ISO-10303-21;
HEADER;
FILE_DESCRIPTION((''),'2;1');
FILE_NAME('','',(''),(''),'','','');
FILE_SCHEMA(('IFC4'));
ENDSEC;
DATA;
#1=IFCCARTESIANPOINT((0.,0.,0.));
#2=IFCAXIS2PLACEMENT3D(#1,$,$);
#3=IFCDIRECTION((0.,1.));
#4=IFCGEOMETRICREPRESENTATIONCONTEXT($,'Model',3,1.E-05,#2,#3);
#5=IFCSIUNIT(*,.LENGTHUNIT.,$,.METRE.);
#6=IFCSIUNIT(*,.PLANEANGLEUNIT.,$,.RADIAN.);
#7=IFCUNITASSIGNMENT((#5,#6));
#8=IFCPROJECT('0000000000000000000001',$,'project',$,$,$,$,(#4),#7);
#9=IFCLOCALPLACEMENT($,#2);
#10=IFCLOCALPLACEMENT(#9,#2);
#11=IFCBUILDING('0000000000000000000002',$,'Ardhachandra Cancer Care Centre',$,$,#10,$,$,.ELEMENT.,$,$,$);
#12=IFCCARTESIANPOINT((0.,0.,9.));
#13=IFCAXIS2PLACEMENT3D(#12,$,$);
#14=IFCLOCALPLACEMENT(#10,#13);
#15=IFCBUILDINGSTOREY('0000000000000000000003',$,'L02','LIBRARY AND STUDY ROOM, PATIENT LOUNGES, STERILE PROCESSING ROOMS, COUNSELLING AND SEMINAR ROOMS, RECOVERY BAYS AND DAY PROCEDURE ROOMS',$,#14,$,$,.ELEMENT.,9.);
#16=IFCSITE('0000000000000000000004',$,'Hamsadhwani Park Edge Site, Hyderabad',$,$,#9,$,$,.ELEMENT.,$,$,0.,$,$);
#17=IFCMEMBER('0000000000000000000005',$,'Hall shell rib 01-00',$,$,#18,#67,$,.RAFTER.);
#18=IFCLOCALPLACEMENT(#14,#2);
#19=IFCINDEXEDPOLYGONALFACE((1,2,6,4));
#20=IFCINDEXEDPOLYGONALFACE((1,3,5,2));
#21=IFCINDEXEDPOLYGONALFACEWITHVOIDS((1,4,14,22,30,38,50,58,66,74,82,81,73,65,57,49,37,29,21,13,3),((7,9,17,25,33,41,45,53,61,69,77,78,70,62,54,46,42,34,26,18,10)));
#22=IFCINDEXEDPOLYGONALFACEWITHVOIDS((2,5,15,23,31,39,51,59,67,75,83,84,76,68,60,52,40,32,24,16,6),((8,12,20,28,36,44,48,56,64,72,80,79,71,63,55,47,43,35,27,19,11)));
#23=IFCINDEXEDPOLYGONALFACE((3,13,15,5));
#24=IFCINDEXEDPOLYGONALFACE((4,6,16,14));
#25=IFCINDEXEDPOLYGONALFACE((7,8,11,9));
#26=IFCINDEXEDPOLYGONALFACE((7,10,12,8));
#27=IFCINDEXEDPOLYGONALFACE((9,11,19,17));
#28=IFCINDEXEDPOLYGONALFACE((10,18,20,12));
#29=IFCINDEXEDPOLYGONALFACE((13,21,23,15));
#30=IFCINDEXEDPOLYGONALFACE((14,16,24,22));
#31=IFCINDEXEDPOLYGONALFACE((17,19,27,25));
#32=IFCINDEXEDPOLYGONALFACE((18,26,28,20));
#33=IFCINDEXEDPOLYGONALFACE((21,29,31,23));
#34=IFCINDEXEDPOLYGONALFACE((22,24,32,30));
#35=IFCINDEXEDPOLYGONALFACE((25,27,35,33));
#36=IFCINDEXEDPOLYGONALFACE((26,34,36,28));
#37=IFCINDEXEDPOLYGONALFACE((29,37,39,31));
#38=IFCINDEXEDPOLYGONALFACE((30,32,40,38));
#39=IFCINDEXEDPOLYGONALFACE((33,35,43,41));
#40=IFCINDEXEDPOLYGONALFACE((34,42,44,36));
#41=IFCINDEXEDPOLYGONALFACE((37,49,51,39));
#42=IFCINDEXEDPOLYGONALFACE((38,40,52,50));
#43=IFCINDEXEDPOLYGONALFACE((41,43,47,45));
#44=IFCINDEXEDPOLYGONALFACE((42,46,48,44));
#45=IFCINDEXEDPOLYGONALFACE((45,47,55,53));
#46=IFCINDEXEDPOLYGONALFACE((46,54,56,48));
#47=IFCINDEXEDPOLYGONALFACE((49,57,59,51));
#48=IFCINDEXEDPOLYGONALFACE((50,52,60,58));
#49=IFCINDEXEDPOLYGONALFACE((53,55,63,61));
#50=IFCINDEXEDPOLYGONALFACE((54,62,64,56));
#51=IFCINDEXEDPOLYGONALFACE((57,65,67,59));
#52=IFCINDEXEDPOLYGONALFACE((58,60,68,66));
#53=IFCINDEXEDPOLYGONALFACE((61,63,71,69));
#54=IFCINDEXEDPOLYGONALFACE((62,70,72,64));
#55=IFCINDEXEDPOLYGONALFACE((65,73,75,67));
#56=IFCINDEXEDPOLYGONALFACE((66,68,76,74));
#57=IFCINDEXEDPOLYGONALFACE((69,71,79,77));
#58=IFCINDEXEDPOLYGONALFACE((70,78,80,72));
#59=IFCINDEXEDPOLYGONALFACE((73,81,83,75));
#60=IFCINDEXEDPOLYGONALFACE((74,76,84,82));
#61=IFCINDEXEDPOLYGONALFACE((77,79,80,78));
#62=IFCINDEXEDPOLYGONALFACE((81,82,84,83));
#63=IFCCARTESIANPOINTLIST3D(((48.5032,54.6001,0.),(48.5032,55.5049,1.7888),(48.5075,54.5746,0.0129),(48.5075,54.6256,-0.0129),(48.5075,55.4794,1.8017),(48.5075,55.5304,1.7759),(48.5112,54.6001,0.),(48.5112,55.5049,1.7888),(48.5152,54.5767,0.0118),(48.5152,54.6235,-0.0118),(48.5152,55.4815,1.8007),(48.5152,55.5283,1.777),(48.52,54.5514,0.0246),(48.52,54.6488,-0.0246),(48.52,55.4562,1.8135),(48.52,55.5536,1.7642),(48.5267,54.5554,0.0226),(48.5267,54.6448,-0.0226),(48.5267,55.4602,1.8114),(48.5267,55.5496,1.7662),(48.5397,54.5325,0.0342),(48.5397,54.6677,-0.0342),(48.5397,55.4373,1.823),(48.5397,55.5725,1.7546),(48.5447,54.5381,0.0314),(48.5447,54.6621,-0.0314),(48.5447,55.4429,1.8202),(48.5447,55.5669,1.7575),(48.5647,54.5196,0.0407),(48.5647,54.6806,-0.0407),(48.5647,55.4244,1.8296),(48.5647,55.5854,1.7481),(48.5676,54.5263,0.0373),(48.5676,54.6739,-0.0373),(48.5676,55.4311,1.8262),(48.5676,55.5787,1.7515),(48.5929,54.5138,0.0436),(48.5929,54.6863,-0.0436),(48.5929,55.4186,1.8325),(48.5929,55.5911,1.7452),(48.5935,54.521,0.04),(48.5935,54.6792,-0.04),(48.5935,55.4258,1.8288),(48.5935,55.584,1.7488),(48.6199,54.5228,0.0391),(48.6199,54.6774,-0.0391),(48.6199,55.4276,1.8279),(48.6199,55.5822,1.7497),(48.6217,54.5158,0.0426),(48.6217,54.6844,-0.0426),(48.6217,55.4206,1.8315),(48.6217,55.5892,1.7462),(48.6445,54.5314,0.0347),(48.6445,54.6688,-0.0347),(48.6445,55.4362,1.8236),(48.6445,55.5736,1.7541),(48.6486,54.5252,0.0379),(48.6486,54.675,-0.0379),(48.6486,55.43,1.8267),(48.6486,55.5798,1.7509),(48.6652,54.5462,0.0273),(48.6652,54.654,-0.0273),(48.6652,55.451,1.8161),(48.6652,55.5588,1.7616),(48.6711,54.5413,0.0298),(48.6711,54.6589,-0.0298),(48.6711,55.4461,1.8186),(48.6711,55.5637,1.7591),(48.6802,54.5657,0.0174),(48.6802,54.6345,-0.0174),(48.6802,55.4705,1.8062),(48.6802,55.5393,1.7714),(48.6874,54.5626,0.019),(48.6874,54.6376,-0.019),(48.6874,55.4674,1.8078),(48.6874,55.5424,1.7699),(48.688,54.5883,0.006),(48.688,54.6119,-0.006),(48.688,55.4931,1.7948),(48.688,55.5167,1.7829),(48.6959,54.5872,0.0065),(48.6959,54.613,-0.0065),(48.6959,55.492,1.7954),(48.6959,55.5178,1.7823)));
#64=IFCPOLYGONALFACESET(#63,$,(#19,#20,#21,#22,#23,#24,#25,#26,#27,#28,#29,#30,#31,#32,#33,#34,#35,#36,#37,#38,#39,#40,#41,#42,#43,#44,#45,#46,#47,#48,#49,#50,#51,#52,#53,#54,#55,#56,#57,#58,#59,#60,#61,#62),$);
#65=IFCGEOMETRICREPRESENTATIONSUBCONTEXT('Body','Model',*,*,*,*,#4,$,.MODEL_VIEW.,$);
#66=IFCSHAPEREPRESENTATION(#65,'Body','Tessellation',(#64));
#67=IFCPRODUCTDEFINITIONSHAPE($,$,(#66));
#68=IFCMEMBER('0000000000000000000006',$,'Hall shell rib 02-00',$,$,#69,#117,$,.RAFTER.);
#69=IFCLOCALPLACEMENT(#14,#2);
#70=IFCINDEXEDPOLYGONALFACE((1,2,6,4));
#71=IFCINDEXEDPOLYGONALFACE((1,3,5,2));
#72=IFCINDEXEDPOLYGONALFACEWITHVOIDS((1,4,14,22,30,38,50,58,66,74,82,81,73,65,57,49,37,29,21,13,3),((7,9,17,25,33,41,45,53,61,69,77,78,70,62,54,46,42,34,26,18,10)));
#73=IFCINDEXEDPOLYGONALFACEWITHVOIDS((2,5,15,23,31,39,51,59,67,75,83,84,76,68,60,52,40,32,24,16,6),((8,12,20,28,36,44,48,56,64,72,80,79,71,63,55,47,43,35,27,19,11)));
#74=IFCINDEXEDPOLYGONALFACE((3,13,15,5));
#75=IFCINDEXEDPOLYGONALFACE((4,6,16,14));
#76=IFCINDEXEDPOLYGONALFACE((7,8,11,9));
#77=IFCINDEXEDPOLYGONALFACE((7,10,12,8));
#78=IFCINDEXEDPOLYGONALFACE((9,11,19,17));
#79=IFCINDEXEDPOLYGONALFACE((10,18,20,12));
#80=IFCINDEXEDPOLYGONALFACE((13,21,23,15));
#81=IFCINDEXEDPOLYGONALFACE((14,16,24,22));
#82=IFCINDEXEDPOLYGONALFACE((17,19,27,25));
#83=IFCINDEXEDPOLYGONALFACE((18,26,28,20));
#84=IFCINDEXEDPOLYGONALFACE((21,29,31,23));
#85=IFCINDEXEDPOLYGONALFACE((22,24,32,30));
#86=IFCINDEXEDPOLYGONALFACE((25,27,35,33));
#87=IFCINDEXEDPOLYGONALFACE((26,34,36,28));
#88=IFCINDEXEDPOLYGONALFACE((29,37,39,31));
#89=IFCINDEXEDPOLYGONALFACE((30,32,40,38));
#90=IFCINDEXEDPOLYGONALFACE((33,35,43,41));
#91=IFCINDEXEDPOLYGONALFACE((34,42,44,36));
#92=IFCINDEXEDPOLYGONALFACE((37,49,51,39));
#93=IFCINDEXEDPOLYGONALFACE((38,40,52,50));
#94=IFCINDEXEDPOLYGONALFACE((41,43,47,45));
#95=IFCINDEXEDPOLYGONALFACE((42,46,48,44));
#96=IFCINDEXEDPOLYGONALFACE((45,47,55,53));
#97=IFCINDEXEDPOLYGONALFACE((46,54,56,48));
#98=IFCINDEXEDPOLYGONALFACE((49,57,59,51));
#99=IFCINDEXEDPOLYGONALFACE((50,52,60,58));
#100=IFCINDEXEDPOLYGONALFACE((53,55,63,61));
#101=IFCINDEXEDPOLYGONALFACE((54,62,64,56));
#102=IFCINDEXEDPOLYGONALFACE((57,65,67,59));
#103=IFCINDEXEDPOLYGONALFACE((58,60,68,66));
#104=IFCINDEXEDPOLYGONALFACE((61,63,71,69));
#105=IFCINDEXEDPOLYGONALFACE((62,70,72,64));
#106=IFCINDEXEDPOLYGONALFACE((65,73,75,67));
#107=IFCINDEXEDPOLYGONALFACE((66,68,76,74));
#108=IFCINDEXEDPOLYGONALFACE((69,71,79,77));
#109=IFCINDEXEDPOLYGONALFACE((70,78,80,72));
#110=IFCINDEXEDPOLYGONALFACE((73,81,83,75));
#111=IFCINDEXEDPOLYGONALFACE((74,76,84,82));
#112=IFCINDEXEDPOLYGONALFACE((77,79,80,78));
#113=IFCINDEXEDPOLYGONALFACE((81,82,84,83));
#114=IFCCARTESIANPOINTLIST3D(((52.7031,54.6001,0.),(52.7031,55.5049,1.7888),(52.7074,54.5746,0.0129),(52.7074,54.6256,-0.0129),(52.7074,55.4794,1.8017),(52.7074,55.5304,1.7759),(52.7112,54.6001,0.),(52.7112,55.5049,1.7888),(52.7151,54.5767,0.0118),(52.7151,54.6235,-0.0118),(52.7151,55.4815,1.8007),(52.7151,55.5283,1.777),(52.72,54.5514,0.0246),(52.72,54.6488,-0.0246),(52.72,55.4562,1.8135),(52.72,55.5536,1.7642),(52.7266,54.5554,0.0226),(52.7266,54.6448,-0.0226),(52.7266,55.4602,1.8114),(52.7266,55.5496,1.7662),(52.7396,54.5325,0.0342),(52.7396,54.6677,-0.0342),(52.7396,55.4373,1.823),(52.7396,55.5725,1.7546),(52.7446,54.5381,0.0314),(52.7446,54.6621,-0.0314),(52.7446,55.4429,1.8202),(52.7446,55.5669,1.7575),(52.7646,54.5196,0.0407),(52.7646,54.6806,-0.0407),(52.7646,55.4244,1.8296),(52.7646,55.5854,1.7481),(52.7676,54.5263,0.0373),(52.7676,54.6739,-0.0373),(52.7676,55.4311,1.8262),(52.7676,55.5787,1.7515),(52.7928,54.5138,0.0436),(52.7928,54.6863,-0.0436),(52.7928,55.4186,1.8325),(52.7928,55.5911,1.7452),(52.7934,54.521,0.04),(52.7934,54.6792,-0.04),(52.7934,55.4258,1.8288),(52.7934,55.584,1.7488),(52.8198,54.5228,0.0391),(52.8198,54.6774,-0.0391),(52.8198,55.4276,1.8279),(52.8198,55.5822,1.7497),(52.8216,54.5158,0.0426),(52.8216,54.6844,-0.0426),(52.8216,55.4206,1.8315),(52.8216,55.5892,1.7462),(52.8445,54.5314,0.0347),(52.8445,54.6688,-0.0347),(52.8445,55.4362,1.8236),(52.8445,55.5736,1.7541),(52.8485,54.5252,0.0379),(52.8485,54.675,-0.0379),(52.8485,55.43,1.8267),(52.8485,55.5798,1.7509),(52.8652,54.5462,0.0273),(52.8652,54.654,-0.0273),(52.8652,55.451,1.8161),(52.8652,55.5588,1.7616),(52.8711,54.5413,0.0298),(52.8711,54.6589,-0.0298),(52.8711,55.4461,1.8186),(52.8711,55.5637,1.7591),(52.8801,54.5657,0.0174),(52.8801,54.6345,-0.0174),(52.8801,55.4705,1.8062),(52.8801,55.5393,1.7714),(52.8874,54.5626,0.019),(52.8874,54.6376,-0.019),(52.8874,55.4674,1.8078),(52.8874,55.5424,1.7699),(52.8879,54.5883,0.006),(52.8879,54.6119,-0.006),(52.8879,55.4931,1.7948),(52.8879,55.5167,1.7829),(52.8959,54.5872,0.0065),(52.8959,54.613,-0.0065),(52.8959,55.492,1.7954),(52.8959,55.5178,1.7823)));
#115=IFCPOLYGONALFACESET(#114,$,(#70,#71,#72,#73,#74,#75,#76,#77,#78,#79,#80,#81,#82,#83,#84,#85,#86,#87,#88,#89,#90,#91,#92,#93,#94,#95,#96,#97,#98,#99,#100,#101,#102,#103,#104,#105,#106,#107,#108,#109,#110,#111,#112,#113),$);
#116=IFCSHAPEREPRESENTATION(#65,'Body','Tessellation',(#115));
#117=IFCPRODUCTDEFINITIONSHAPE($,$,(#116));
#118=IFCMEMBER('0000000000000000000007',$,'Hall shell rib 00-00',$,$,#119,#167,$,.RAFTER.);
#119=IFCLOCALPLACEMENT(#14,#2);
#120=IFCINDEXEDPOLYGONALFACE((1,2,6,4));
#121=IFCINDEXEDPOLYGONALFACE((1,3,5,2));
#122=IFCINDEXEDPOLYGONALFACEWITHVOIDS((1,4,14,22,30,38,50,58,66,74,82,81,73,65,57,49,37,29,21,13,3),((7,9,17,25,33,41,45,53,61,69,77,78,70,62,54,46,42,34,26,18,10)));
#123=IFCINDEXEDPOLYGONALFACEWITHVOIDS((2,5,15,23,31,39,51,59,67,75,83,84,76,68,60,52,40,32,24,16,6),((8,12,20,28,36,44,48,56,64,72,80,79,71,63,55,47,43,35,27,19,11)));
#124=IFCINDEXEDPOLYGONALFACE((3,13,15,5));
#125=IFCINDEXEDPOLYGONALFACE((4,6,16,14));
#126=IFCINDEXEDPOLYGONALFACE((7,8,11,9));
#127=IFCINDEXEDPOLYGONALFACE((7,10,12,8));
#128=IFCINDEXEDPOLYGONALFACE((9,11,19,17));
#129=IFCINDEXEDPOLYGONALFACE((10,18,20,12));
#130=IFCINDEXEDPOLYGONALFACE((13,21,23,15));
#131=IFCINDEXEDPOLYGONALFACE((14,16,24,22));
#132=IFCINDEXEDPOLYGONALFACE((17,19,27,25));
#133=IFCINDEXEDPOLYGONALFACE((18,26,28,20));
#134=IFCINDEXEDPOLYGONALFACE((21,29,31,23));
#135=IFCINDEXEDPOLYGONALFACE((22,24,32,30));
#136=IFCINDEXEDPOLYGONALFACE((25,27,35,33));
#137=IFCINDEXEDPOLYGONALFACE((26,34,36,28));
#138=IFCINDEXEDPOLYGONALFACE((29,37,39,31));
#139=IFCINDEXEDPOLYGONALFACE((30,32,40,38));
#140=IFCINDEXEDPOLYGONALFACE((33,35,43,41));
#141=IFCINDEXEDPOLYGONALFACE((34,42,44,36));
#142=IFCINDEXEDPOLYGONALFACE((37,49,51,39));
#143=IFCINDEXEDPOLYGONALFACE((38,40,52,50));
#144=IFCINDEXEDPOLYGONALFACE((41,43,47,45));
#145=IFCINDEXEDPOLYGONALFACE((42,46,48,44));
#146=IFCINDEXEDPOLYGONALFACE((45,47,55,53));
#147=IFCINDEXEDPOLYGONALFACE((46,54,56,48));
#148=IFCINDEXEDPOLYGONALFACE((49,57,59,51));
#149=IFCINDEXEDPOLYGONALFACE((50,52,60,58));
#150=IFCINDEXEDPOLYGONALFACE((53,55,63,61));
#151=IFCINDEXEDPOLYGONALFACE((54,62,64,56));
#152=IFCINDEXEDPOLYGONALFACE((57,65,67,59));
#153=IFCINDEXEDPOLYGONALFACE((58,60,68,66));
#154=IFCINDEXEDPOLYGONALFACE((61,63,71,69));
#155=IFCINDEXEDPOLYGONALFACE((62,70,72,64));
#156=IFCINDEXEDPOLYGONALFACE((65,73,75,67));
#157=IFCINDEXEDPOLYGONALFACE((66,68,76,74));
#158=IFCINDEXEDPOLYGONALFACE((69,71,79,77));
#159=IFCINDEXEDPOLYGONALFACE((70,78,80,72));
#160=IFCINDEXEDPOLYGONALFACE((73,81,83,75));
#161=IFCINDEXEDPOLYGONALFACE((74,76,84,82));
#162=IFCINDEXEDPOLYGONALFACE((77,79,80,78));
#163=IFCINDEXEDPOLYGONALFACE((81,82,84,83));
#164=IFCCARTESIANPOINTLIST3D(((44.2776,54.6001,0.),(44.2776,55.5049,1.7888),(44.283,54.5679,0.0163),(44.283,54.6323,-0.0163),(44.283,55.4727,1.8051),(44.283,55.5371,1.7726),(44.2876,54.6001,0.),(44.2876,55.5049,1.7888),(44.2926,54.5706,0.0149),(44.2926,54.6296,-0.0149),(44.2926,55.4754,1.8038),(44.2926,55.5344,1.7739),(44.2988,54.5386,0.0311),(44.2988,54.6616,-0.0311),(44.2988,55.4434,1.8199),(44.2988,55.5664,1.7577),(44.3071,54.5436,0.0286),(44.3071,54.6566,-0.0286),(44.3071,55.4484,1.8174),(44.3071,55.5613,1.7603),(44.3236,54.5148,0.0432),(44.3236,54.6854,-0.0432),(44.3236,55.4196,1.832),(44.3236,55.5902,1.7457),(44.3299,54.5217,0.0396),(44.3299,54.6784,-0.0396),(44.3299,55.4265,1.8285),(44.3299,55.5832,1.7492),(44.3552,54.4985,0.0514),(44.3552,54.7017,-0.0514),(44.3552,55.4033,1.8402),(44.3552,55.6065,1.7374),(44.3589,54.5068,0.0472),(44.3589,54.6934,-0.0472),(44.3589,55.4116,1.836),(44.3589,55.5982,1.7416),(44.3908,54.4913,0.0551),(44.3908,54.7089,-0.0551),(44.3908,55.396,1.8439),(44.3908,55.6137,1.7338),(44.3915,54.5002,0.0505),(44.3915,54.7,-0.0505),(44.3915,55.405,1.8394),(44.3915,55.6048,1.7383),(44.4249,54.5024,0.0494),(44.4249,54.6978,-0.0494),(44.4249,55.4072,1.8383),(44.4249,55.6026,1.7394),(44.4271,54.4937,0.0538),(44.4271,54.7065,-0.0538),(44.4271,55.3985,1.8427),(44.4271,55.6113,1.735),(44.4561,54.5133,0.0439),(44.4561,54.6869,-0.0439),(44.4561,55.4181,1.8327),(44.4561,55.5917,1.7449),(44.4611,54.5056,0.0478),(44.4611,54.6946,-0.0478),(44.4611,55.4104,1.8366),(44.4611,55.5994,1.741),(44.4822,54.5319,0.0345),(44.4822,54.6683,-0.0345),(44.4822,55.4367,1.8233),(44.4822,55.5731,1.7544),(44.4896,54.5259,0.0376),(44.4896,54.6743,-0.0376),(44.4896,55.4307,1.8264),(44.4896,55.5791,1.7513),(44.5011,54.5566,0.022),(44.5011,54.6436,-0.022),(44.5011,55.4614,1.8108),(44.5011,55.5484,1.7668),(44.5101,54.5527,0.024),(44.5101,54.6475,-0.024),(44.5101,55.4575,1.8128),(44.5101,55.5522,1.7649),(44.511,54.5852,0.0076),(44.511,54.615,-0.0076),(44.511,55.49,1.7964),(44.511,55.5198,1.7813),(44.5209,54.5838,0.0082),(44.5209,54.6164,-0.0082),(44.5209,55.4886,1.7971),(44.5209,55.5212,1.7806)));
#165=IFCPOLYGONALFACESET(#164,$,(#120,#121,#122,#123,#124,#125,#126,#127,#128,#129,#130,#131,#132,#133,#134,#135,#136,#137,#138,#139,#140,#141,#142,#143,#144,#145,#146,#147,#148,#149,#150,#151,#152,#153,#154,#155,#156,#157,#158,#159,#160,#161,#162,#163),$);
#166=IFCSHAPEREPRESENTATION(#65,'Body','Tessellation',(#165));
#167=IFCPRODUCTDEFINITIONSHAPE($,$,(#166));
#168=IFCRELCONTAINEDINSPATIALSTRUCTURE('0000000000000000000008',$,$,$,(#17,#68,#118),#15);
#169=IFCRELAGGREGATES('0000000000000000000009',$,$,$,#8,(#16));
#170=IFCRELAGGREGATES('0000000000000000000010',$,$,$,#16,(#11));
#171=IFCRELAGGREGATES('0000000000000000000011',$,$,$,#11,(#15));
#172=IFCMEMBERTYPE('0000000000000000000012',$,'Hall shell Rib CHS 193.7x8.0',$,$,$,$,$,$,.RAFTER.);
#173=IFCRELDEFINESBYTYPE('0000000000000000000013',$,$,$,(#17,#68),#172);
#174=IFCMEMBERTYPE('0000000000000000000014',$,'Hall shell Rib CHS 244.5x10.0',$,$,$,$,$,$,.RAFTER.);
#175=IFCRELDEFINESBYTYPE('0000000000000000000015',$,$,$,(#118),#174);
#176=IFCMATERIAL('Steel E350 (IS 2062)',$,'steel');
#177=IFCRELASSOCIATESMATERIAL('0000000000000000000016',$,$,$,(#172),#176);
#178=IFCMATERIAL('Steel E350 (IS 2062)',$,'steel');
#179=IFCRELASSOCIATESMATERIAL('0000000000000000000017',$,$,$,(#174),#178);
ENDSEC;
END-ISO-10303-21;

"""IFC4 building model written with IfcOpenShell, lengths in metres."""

from ifc_helpers import new_model, si_unit, direction, frame, origin, origin_2d, place, context, subcontext, project, spatial, hollow_circle, extrude, material, material_profile, profile_set, type_object, element, save


model = new_model("IFC4")

# Units and contexts
model_context = context("Model", 3, precision=1e-05, world=origin(), true_north=direction((0.0, 1.0)))
body_context = subcontext(model_context, "Body", "Model", "MODEL_VIEW")
ifc_project = project(units=[si_unit("LENGTHUNIT", "METRE"), si_unit("PLANEANGLEUNIT", "RADIAN")], contexts=[model_context])

# Site, building, storey
site_placement = place(None, origin())
site = spatial("IfcSite", under=ifc_project, at=site_placement, Name="Hamsadhwani Park Edge Site, Hyderabad", CompositionType="ELEMENT", RefElevation=0.0)
building_placement = place(site_placement, origin())
building = spatial("IfcBuilding", under=site, at=building_placement, Name="Ardhachandra Cancer Care Centre", CompositionType="ELEMENT")
storey_placement = place(building_placement, frame((0.0, 0.0, 9.0)))
storey = spatial("IfcBuildingStorey", under=building, at=storey_placement, Name="L02", Description="LIBRARY AND STUDY ROOM, PATIENT LOUNGES, STERILE PROCESSING ROOMS, COUNSELLING AND SEMINAR ROOMS, RECOVERY BAYS AND DAY PROCEDURE ROOMS", CompositionType="ELEMENT", Elevation=9.0)

# Members
ifc_material_1 = material(Name="Steel E350 (IS 2062)", Category="steel")
ifc_material_profile_1 = material_profile(ifc_material_1, hollow_circle(Radius=0.0969, WallThickness=0.0081, at=origin_2d()), Name="CHS 193.7x8.0")
ifc_profile_set_1 = profile_set([ifc_material_profile_1], Name="Steel E350 (IS 2062)")
member_type_1 = type_object("IfcMemberType", Name="Hall shell Rib CHS 193.7x8.0", PredefinedType="RAFTER", material=ifc_profile_set_1)
for number, where, z_axis, x_axis, name in (
    (1, (48.6001, 54.6001, 0.0), (0.0, 0.45135, 0.892347), (-1.0, 0.0, 0.0), "Hall shell rib 01-00"),
    (2, (52.8, 54.6001, 0.0), (0.0, 0.45135, 0.892347), (-1.0, 0.0, 0.0), "Hall shell rib 02-00"),
):
    element("IfcMember", number, at=place(storey_placement, frame(where, z_axis=z_axis, x_axis=x_axis)), inside=storey, type_object=member_type_1, Name=name, PredefinedType="RAFTER", context=body_context, shape_type="SweptSolid", body=[
        extrude(hollow_circle(Radius=0.0969, WallThickness=0.0081, at=origin_2d()), origin(), (0.0, 0.0, 1.0), 2.0046),
    ])
ifc_material_2 = material(Name="Steel E350 (IS 2062)", Category="steel")
ifc_material_profile_2 = material_profile(ifc_material_2, hollow_circle(Radius=0.1223, WallThickness=0.01, at=origin_2d()), Name="CHS 244.5x10.0")
ifc_profile_set_2 = profile_set([ifc_material_profile_2], Name="Steel E350 (IS 2062)")
member_type_2 = type_object("IfcMemberType", Name="Hall shell Rib CHS 244.5x10.0", PredefinedType="RAFTER", material=ifc_profile_set_2)
member_1_placement = place(storey_placement, frame((44.3999, 54.6001, 0.0), z_axis=(0.0, 0.45135, 0.892347), x_axis=(-1.0, 0.0, 0.0)))
element("IfcMember", 3, at=member_1_placement, inside=storey, type_object=member_type_2, Name="Hall shell rib 00-00", PredefinedType="RAFTER", context=body_context, shape_type="SweptSolid", body=[
    extrude(hollow_circle(Radius=0.1223, WallThickness=0.01, at=origin_2d()), origin(), (0.0, 0.0, 1.0), 2.0046),
])

save(model, "model.ifc")
